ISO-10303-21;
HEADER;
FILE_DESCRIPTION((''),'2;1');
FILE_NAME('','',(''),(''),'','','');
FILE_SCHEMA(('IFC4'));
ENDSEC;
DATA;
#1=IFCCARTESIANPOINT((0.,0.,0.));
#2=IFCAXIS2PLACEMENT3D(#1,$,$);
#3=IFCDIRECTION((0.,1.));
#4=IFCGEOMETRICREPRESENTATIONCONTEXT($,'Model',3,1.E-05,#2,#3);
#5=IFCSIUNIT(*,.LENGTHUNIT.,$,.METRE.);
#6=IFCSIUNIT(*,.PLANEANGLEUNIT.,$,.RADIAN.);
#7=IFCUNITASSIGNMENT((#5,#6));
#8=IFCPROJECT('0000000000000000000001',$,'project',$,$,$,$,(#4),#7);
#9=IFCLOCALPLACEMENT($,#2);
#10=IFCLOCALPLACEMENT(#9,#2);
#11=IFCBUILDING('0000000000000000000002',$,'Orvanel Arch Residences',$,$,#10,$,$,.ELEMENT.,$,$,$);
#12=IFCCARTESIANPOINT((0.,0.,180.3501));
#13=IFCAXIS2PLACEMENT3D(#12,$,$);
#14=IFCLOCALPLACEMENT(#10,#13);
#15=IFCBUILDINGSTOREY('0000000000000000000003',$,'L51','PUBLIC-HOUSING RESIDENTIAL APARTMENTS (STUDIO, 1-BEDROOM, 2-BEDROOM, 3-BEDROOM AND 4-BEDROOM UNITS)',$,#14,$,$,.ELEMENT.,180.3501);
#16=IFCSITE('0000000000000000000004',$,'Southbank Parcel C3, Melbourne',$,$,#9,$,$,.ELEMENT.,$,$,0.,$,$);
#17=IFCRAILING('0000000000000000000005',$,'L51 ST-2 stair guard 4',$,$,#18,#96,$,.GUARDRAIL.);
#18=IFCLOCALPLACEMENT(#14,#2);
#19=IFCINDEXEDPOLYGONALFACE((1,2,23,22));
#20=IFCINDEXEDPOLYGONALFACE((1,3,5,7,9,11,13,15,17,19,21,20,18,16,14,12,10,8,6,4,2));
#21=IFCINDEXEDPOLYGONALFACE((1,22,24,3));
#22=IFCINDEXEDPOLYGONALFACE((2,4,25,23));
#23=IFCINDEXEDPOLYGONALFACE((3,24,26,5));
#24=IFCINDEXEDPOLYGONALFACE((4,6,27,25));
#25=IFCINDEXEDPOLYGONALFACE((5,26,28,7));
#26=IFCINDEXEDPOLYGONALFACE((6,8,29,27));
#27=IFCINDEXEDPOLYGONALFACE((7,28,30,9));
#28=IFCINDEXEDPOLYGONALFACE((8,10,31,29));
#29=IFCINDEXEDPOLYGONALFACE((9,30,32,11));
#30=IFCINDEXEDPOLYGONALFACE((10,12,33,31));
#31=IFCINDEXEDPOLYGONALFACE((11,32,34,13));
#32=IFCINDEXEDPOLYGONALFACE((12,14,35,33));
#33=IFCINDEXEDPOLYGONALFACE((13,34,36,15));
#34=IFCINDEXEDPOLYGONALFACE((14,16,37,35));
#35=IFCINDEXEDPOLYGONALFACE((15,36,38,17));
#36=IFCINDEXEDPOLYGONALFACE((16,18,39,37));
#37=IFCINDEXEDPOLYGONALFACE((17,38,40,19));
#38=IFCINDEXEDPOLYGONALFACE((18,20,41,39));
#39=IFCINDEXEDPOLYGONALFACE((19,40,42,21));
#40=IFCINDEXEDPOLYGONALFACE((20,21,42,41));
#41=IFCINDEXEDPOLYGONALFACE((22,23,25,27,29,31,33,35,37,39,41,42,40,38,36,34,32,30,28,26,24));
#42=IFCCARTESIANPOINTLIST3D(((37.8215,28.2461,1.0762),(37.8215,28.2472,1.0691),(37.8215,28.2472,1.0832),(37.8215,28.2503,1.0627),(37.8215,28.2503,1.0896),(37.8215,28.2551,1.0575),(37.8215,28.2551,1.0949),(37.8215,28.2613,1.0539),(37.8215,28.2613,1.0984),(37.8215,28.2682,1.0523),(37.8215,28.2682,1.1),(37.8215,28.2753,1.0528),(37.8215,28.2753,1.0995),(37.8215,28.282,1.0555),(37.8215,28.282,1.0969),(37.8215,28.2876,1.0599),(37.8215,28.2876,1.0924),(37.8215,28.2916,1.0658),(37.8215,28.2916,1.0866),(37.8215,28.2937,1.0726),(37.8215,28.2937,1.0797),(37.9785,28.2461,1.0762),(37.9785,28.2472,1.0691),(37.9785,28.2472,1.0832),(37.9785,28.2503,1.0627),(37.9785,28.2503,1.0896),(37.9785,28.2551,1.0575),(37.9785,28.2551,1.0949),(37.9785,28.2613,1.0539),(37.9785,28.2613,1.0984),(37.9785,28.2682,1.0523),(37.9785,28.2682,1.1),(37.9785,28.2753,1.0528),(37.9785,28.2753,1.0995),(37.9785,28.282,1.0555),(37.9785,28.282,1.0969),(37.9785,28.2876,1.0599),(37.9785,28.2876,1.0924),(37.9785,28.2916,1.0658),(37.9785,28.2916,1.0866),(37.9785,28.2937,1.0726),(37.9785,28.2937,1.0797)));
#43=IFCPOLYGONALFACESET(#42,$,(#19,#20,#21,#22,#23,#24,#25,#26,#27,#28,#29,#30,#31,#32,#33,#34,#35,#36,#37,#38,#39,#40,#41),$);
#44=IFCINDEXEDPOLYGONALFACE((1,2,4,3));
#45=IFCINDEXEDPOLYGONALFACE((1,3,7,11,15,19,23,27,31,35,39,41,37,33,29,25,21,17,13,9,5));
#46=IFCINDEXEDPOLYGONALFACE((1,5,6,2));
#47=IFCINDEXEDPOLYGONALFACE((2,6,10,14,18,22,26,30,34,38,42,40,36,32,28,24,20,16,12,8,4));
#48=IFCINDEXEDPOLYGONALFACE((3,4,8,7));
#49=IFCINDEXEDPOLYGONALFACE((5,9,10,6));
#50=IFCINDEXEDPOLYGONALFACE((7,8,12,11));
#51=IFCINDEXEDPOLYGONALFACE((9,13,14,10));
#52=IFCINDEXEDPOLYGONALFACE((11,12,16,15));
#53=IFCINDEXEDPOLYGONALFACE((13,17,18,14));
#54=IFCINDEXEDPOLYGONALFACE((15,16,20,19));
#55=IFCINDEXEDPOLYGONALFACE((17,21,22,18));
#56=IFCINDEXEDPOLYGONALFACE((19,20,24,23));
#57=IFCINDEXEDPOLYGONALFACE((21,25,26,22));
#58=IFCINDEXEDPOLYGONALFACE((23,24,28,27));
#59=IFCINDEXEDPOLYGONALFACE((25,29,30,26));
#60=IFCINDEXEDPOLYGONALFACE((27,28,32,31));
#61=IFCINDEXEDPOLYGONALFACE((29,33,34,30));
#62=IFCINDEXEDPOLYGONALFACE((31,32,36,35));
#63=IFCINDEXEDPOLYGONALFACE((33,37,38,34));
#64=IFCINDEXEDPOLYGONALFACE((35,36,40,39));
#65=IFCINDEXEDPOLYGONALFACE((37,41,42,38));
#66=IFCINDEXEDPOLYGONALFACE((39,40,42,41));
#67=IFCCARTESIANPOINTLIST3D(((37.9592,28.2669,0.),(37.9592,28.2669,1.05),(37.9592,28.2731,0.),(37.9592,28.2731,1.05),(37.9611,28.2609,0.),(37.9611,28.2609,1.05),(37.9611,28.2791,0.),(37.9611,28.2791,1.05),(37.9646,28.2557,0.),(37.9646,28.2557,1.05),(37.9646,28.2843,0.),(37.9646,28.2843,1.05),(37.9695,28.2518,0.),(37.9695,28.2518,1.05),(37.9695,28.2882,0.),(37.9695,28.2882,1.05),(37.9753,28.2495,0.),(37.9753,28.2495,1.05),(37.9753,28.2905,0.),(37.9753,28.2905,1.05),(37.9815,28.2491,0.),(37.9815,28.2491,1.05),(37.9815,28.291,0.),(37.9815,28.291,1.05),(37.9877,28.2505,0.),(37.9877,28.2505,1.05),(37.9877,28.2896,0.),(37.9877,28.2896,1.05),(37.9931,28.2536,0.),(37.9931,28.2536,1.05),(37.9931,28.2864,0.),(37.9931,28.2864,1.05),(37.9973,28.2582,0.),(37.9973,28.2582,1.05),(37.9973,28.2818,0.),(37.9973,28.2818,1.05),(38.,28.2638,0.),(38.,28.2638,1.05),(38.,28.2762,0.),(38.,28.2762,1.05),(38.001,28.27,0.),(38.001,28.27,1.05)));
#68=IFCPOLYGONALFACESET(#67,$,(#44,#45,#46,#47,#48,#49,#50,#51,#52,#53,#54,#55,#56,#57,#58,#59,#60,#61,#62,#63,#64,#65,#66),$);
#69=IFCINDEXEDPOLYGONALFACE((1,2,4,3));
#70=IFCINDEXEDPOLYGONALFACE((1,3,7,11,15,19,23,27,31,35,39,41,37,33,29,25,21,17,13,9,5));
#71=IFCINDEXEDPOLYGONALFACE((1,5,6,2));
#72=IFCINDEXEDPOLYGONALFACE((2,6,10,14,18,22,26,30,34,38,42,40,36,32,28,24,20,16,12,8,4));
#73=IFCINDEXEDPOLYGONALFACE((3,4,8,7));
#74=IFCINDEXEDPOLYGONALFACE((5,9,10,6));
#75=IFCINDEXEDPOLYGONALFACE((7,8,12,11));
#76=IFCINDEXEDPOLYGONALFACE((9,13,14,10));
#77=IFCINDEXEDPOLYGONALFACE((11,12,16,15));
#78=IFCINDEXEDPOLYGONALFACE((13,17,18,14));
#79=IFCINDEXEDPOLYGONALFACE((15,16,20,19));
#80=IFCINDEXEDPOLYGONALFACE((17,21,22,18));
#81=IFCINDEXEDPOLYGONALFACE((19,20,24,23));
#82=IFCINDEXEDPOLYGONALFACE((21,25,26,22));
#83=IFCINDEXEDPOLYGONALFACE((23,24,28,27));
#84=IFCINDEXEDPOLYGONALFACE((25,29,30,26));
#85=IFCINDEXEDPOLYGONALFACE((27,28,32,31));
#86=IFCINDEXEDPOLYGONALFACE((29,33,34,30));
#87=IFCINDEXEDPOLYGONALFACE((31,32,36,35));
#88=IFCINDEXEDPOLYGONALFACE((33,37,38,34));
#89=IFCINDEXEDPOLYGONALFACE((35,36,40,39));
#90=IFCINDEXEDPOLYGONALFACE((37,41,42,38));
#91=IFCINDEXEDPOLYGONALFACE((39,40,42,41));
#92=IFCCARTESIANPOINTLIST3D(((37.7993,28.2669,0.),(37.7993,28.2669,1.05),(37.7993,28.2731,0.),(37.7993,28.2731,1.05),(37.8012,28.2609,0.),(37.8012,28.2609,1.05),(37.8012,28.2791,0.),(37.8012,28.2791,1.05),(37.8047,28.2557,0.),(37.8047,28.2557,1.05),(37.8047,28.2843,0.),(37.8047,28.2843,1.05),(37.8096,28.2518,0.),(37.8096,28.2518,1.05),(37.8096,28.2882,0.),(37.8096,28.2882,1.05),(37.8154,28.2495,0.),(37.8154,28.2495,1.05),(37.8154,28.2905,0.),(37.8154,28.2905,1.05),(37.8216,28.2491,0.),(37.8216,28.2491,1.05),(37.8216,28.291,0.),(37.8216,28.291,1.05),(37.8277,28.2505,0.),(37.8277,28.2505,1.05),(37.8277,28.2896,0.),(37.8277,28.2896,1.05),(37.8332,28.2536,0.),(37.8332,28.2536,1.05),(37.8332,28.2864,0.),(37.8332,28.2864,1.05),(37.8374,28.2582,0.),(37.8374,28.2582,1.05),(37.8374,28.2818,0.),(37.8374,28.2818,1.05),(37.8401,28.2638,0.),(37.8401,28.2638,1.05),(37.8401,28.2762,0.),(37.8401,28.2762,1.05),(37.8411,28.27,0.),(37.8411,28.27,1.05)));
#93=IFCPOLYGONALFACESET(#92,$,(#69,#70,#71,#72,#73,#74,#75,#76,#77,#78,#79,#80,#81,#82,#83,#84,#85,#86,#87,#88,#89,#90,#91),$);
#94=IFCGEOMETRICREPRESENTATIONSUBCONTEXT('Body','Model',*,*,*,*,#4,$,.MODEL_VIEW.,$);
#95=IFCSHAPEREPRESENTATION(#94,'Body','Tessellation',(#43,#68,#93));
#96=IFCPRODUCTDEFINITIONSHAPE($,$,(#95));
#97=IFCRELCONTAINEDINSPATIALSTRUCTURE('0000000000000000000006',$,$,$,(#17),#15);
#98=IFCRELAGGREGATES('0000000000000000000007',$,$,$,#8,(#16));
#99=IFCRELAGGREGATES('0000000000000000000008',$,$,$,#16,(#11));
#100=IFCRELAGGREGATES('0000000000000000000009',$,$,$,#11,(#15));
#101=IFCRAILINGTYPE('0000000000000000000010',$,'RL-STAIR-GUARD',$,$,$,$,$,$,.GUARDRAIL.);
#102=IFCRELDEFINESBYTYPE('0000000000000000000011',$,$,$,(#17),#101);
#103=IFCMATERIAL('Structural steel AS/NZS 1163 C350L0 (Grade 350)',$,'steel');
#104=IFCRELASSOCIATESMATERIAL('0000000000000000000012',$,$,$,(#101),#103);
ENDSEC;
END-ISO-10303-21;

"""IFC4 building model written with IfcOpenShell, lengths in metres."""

from ifc_helpers import new_model, si_unit, direction, frame, origin, origin_2d, place, context, subcontext, project, spatial, circle, extrude, material, type_object, element, save


model = new_model("IFC4")

# Units and contexts
model_context = context("Model", 3, precision=1e-05, world=origin(), true_north=direction((0.0, 1.0)))
body_context = subcontext(model_context, "Body", "Model", "MODEL_VIEW")
ifc_project = project(units=[si_unit("LENGTHUNIT", "METRE"), si_unit("PLANEANGLEUNIT", "RADIAN")], contexts=[model_context])

# Site, building, storey
site_placement = place(None, origin())
site = spatial("IfcSite", under=ifc_project, at=site_placement, Name="Southbank Parcel C3, Melbourne", CompositionType="ELEMENT", RefElevation=0.0)
building_placement = place(site_placement, origin())
building = spatial("IfcBuilding", under=site, at=building_placement, Name="Orvanel Arch Residences", CompositionType="ELEMENT")
storey_placement = place(building_placement, frame((0.0, 0.0, 180.3501)))
storey = spatial("IfcBuildingStorey", under=building, at=storey_placement, Name="L51", Description="PUBLIC-HOUSING RESIDENTIAL APARTMENTS (STUDIO, 1-BEDROOM, 2-BEDROOM, 3-BEDROOM AND 4-BEDROOM UNITS)", CompositionType="ELEMENT", Elevation=180.3501)

# Railing
ifc_material_1 = material(Name="Structural steel AS/NZS 1163 C350L0 (Grade 350)", Category="steel")
railing_type_1 = type_object("IfcRailingType", Name="RL-STAIR-GUARD", PredefinedType="GUARDRAIL", material=ifc_material_1)
railing_1_placement = place(storey_placement, frame((37.98, 28.27, 0.0)))
element("IfcRailing", 1, at=railing_1_placement, inside=storey, type_object=railing_type_1, Name="L51 ST-2 stair guard 4", PredefinedType="GUARDRAIL", context=body_context, shape_type="SweptSolid", body=[
    extrude(circle(Radius=0.0239, at=origin_2d()), frame((-0.0015, 0.0, 1.0762), z_axis=(-1.0, 0.0, 0.0), x_axis=(0.0, -1.0, 0.0)), (0.0, 0.0, 1.0), 0.157),
    extrude(circle(Radius=0.021, at=origin_2d()), origin(), (0.0, 0.0, 1.0), 1.05),
    extrude(circle(Radius=0.021, at=origin_2d()), frame((-0.1599, 0.0, 0.0)), (0.0, 0.0, 1.0), 1.05),
])

save(model, "model.ifc")
